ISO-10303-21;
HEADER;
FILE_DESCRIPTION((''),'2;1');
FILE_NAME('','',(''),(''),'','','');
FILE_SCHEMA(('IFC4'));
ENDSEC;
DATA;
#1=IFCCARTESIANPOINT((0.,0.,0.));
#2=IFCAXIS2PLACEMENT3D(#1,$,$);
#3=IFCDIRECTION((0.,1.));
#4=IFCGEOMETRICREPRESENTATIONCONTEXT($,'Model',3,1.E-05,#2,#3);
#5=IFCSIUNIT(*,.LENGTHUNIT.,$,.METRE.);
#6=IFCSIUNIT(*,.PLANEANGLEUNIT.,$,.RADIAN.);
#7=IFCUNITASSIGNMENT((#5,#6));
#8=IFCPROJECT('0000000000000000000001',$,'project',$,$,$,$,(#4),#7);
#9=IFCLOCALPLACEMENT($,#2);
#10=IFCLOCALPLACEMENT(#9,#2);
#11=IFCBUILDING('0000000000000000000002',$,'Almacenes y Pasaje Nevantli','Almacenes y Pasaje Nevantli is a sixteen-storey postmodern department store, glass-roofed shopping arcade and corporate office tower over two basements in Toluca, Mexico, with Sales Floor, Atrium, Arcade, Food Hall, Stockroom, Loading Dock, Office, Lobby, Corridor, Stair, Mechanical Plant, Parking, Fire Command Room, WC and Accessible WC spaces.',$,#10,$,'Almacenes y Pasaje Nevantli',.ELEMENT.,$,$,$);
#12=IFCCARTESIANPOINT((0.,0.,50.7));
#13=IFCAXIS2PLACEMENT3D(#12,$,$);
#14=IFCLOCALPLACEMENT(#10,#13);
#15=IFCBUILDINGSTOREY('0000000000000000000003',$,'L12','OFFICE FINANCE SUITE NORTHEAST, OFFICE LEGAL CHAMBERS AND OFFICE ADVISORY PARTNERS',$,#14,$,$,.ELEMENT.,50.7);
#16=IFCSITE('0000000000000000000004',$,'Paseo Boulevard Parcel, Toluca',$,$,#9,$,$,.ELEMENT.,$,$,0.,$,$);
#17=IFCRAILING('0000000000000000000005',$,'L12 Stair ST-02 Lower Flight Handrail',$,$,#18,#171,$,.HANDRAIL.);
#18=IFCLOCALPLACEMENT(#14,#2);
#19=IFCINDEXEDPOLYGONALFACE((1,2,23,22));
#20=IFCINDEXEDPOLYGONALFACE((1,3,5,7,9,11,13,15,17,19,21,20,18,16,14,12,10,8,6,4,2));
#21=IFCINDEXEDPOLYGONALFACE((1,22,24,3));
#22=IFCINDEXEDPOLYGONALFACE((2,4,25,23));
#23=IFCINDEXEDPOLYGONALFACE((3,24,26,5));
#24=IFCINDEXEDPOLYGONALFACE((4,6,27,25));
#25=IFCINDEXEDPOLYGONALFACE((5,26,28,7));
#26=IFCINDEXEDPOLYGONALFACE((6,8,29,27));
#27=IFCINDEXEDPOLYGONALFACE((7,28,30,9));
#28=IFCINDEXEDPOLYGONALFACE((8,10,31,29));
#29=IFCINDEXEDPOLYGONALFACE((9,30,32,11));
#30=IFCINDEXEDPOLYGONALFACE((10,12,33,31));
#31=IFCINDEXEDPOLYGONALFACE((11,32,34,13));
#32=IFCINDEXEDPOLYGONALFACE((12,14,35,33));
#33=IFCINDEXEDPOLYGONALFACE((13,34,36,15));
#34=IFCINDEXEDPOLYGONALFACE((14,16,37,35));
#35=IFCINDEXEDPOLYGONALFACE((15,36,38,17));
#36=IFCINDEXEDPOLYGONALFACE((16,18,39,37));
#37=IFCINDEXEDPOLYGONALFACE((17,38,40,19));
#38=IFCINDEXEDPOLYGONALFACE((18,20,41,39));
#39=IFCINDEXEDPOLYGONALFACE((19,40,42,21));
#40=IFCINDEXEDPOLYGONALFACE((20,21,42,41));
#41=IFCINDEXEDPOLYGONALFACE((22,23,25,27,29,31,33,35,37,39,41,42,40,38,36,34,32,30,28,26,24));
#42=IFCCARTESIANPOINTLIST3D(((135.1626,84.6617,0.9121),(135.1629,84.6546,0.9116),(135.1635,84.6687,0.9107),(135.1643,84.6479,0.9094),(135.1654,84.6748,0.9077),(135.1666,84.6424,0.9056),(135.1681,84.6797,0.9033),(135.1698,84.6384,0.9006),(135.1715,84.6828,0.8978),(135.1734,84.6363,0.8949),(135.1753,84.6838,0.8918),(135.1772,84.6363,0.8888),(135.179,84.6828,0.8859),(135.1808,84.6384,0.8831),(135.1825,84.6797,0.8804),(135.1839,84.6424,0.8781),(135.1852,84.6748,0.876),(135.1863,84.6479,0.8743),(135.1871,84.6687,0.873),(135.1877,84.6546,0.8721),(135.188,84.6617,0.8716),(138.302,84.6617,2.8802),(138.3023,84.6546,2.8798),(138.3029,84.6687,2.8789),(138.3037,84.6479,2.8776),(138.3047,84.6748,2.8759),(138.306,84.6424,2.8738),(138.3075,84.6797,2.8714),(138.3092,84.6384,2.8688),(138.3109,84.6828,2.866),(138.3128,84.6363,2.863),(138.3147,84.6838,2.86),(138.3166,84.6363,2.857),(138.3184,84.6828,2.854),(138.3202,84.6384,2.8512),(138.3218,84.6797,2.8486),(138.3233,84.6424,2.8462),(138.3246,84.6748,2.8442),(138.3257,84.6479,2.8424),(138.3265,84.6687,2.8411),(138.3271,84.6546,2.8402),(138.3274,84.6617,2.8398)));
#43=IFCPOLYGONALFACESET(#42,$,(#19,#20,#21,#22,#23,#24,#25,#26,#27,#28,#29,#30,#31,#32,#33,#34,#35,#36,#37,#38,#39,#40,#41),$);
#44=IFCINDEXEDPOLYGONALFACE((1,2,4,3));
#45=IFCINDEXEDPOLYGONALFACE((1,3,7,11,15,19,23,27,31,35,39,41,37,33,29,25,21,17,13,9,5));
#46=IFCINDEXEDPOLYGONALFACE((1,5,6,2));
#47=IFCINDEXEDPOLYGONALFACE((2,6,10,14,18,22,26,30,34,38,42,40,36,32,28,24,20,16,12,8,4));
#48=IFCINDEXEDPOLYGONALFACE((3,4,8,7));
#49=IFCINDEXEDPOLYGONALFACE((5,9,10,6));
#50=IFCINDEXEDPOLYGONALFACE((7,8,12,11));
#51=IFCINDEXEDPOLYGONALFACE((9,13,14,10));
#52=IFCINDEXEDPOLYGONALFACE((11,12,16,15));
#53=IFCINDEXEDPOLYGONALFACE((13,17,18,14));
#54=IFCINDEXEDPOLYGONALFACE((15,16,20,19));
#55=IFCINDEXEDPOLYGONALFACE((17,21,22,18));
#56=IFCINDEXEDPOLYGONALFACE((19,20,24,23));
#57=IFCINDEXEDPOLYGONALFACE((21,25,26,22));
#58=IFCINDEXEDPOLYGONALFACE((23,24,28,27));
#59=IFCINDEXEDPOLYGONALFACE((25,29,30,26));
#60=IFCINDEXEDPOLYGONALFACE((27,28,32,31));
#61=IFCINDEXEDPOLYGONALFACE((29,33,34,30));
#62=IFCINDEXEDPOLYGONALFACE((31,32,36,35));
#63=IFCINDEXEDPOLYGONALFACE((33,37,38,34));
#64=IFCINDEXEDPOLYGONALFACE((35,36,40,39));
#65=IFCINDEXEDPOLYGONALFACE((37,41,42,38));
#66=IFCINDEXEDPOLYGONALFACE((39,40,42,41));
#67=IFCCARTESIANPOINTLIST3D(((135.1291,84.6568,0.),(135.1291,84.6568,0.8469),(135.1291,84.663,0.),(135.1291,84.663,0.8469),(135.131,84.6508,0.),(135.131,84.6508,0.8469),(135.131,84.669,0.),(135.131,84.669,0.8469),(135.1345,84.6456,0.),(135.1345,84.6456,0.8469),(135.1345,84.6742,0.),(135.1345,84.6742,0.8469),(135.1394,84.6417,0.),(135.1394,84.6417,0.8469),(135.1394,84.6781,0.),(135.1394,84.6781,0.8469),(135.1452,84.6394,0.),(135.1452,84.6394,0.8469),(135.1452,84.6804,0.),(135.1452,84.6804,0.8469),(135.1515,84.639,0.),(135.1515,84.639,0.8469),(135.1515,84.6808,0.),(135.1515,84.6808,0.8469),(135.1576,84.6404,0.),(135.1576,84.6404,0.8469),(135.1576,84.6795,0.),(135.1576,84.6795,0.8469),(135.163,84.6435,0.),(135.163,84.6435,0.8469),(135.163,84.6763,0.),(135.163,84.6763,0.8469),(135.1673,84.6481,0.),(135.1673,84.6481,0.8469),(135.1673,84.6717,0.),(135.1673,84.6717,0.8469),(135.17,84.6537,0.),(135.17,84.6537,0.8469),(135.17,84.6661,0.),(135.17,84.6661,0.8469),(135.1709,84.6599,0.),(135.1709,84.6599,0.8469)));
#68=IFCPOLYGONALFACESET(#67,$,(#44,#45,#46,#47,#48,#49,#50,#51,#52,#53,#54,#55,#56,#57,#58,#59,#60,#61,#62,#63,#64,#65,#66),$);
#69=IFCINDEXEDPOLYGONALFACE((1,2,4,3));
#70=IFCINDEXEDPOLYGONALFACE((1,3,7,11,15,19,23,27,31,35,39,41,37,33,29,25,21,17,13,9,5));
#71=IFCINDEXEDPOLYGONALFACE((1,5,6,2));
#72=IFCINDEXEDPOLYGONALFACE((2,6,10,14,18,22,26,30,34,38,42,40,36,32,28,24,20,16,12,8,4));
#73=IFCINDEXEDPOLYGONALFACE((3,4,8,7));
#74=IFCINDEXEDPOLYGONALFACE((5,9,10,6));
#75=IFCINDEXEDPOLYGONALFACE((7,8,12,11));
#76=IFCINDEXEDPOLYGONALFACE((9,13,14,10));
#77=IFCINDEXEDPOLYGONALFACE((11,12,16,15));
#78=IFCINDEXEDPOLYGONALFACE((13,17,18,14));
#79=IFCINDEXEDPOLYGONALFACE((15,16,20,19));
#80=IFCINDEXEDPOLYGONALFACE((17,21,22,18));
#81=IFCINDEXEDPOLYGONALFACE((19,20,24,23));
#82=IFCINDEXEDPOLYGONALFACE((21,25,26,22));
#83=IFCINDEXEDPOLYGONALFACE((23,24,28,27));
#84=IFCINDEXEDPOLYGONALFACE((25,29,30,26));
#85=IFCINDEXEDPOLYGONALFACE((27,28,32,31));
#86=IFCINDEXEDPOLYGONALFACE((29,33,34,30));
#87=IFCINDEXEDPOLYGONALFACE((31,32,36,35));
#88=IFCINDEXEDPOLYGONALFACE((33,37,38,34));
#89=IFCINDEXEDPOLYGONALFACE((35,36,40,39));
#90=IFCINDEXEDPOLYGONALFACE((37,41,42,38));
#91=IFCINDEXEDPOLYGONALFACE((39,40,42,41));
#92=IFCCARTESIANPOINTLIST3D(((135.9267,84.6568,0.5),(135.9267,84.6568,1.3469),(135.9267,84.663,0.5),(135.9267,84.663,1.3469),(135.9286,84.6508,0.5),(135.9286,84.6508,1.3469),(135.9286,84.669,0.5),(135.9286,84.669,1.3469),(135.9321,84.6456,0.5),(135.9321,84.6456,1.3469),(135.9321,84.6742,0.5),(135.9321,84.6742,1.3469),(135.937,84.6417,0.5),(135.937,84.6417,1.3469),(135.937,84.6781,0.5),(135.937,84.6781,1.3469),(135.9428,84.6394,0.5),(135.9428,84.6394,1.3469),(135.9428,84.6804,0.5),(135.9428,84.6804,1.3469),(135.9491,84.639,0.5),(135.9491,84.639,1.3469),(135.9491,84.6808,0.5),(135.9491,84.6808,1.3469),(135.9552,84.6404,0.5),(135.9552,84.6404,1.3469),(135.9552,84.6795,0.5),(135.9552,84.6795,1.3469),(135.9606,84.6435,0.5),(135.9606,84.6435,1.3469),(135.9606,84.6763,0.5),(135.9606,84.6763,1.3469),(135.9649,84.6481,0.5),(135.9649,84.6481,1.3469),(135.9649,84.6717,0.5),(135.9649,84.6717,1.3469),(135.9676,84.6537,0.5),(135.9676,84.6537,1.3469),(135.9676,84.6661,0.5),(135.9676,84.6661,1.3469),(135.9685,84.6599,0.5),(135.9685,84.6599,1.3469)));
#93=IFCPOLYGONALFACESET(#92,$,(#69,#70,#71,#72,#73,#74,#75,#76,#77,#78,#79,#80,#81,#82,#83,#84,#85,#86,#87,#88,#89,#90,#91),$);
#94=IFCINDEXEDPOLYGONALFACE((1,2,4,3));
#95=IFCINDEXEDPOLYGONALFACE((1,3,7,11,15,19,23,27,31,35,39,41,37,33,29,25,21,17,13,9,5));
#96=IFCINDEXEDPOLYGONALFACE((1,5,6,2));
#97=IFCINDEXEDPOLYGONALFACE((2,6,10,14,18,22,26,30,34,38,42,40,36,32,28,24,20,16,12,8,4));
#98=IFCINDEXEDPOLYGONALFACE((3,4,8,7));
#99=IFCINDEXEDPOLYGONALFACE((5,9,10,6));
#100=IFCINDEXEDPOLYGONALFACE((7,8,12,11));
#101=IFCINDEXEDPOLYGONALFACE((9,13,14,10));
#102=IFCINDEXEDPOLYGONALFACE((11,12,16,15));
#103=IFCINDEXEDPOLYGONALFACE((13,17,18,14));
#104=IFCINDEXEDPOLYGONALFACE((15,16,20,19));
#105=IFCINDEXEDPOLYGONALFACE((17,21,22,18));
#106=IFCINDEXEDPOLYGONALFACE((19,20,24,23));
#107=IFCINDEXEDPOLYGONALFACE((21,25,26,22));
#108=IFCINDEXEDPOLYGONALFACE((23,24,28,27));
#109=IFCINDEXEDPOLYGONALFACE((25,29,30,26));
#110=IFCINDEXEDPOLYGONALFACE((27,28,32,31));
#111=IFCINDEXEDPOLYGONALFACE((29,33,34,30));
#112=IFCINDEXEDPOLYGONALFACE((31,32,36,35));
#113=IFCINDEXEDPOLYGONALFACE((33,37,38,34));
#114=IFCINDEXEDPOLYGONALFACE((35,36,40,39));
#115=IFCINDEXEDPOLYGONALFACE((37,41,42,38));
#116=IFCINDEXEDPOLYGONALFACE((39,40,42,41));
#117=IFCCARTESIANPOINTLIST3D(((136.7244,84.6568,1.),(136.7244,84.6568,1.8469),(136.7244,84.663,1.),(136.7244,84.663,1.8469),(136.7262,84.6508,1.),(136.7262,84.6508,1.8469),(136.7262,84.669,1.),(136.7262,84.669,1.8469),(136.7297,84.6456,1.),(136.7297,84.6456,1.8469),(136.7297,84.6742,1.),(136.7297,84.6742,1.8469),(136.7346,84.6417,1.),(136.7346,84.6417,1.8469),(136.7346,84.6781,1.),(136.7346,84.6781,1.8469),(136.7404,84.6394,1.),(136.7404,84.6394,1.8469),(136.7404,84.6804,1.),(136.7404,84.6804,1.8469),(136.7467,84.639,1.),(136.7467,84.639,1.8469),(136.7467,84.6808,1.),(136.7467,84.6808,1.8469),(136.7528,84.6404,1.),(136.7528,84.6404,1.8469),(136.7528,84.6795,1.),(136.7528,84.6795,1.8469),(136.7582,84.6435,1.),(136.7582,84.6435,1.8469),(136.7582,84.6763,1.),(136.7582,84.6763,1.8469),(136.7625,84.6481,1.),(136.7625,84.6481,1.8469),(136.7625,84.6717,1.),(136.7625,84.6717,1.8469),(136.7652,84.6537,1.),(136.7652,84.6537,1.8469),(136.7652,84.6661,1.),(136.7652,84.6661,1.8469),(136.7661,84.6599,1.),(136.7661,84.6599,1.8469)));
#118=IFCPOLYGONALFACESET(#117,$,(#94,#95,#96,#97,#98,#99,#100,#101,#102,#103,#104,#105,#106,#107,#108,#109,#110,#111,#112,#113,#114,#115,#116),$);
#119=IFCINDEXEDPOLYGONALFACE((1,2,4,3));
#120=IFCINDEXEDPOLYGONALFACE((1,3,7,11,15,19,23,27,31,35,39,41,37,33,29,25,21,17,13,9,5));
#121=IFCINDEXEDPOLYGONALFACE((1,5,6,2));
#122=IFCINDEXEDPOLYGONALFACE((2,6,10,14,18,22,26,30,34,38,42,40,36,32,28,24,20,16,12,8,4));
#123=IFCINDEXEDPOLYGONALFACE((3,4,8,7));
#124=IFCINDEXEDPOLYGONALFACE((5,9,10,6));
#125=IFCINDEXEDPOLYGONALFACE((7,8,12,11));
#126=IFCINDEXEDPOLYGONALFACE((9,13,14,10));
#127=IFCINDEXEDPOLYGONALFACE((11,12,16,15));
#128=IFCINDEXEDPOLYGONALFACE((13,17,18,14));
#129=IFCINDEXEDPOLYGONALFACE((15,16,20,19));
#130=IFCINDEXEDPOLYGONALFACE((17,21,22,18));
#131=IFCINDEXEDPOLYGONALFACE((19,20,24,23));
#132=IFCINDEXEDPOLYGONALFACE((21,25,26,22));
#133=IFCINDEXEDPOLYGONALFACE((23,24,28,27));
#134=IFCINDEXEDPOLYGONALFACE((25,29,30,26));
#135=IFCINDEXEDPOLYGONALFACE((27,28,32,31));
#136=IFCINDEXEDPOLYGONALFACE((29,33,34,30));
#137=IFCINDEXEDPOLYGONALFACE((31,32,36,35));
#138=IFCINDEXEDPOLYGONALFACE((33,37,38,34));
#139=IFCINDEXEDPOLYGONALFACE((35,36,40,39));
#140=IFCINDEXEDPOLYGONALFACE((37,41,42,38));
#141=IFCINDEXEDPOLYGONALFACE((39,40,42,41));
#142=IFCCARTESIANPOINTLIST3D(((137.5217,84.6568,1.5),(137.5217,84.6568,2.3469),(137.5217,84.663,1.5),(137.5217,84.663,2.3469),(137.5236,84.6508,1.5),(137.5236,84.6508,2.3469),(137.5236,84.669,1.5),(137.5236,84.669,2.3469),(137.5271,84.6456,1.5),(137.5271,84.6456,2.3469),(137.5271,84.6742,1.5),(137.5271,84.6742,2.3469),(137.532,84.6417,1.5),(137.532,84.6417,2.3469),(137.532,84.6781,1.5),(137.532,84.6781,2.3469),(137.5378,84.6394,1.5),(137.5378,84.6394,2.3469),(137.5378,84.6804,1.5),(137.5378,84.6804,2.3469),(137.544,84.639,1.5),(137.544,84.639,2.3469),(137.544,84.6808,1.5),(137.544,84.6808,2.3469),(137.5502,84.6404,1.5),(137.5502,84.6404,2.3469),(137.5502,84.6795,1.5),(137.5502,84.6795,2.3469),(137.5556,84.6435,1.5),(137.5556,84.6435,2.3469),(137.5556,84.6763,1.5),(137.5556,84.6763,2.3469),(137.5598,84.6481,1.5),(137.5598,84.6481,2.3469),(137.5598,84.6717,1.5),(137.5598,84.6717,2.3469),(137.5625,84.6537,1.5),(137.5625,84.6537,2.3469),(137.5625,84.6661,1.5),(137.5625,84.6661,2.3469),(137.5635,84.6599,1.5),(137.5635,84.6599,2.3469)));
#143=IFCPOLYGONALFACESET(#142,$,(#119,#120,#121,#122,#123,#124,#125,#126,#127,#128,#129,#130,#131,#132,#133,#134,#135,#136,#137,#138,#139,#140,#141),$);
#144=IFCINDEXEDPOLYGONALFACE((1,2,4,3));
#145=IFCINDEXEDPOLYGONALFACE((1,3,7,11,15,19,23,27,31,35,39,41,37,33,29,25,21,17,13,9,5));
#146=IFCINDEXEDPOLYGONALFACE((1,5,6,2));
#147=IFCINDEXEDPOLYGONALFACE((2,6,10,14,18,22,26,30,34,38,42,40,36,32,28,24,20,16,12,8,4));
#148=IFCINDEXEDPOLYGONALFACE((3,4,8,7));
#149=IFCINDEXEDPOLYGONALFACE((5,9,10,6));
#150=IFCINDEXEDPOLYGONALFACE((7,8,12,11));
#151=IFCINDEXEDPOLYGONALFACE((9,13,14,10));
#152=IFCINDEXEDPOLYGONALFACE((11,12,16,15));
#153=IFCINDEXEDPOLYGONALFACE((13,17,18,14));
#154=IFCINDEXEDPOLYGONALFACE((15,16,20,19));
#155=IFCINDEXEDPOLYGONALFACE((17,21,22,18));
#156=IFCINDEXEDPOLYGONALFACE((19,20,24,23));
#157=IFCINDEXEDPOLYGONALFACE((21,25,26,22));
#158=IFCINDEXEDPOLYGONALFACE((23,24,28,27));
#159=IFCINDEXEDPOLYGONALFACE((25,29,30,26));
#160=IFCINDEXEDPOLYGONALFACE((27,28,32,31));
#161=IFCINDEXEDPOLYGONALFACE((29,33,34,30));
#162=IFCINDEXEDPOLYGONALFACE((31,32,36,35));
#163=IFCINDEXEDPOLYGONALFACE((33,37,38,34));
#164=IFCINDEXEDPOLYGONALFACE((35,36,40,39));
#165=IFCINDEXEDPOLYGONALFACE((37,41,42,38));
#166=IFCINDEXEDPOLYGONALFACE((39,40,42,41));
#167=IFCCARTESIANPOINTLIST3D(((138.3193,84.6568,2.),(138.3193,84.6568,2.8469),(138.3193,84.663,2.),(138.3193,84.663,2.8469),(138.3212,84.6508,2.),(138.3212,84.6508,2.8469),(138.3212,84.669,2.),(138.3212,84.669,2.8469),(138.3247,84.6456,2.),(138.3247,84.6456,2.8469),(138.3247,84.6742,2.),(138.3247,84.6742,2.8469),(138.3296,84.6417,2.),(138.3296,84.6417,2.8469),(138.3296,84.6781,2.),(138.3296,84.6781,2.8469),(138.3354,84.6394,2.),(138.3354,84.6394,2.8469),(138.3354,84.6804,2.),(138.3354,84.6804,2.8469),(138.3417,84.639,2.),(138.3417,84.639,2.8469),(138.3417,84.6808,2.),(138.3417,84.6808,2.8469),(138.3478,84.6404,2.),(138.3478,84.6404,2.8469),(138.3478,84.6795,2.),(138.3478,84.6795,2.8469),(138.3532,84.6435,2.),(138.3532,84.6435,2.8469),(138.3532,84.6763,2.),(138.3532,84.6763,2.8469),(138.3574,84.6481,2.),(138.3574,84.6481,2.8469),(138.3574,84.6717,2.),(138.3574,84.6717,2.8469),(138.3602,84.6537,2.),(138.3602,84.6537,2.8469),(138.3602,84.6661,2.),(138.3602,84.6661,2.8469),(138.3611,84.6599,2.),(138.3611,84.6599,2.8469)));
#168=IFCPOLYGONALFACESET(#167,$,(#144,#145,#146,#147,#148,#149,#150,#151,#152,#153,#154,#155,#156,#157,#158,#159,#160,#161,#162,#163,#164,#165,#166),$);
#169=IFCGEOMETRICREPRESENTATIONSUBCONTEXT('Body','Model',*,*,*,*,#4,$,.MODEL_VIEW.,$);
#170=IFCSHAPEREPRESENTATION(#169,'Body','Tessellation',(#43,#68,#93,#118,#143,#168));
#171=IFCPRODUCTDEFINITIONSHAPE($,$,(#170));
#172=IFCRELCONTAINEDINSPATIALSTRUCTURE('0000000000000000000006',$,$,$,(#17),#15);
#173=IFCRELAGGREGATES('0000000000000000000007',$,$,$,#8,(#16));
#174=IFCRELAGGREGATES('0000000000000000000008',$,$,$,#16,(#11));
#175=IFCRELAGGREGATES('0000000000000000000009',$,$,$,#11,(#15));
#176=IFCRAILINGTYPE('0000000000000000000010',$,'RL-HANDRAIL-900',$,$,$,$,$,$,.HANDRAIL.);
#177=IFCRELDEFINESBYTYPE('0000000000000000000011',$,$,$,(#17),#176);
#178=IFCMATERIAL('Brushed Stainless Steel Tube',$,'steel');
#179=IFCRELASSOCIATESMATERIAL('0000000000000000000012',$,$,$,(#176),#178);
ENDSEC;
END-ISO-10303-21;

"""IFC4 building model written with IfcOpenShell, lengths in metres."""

from ifc_helpers import new_model, si_unit, direction, frame, origin, origin_2d, place, context, subcontext, project, spatial, circle, extrude, material, type_object, element, save


model = new_model("IFC4")

# Units and contexts
model_context = context("Model", 3, precision=1e-05, world=origin(), true_north=direction((0.0, 1.0)))
body_context = subcontext(model_context, "Body", "Model", "MODEL_VIEW")
ifc_project = project(units=[si_unit("LENGTHUNIT", "METRE"), si_unit("PLANEANGLEUNIT", "RADIAN")], contexts=[model_context])

# Site, building, storey
site_placement = place(None, origin())
site = spatial("IfcSite", under=ifc_project, at=site_placement, Name="Paseo Boulevard Parcel, Toluca", CompositionType="ELEMENT", RefElevation=0.0)
building_placement = place(site_placement, origin())
building = spatial("IfcBuilding", under=site, at=building_placement, Name="Almacenes y Pasaje Nevantli", Description="Almacenes y Pasaje Nevantli is a sixteen-storey postmodern department store, glass-roofed shopping arcade and corporate office tower over two basements in Toluca, Mexico, with Sales Floor, Atrium, Arcade, Food Hall, Stockroom, Loading Dock, Office, Lobby, Corridor, Stair, Mechanical Plant, Parking, Fire Command Room, WC and Accessible WC spaces.", LongName="Almacenes y Pasaje Nevantli", CompositionType="ELEMENT")
storey_placement = place(building_placement, frame((0.0, 0.0, 50.7)))
storey = spatial("IfcBuildingStorey", under=building, at=storey_placement, Name="L12", Description="OFFICE FINANCE SUITE NORTHEAST, OFFICE LEGAL CHAMBERS AND OFFICE ADVISORY PARTNERS", CompositionType="ELEMENT", Elevation=50.7)

# Railing
ifc_material_1 = material(Name="Brushed Stainless Steel Tube", Category="steel")
railing_type_1 = type_object("IfcRailingType", Name="RL-HANDRAIL-900", PredefinedType="HANDRAIL", material=ifc_material_1)
railing_1_placement = place(storey_placement, frame((135.1499, 84.6599, 0.0)))
element("IfcRailing", 1, at=railing_1_placement, inside=storey, type_object=railing_type_1, Name="L12 Stair ST-02 Lower Flight Handrail", PredefinedType="HANDRAIL", context=body_context, shape_type="SweptSolid", body=[
    extrude(circle(Radius=0.0239, at=origin_2d()), frame((0.0254, 0.0, 0.8918), z_axis=(0.847265, 0.0, 0.53117), x_axis=(0.0, 1.0, 0.0)), (0.0, 0.0, 1.0), 3.7053),
    extrude(circle(Radius=0.021, at=origin_2d()), origin(), (0.0, 0.0, 1.0), 0.8469),
    extrude(circle(Radius=0.021, at=origin_2d()), frame((0.7976, 0.0, 0.5)), (0.0, 0.0, 1.0), 0.8469),
    extrude(circle(Radius=0.021, at=origin_2d()), frame((1.5952, 0.0, 1.0)), (0.0, 0.0, 1.0), 0.8469),
    extrude(circle(Radius=0.021, at=origin_2d()), frame((2.3926, 0.0, 1.5)), (0.0, 0.0, 1.0), 0.8469),
    extrude(circle(Radius=0.021, at=origin_2d()), frame((3.1902, 0.0, 2.0)), (0.0, 0.0, 1.0), 0.8469),
])

save(model, "model.ifc")
